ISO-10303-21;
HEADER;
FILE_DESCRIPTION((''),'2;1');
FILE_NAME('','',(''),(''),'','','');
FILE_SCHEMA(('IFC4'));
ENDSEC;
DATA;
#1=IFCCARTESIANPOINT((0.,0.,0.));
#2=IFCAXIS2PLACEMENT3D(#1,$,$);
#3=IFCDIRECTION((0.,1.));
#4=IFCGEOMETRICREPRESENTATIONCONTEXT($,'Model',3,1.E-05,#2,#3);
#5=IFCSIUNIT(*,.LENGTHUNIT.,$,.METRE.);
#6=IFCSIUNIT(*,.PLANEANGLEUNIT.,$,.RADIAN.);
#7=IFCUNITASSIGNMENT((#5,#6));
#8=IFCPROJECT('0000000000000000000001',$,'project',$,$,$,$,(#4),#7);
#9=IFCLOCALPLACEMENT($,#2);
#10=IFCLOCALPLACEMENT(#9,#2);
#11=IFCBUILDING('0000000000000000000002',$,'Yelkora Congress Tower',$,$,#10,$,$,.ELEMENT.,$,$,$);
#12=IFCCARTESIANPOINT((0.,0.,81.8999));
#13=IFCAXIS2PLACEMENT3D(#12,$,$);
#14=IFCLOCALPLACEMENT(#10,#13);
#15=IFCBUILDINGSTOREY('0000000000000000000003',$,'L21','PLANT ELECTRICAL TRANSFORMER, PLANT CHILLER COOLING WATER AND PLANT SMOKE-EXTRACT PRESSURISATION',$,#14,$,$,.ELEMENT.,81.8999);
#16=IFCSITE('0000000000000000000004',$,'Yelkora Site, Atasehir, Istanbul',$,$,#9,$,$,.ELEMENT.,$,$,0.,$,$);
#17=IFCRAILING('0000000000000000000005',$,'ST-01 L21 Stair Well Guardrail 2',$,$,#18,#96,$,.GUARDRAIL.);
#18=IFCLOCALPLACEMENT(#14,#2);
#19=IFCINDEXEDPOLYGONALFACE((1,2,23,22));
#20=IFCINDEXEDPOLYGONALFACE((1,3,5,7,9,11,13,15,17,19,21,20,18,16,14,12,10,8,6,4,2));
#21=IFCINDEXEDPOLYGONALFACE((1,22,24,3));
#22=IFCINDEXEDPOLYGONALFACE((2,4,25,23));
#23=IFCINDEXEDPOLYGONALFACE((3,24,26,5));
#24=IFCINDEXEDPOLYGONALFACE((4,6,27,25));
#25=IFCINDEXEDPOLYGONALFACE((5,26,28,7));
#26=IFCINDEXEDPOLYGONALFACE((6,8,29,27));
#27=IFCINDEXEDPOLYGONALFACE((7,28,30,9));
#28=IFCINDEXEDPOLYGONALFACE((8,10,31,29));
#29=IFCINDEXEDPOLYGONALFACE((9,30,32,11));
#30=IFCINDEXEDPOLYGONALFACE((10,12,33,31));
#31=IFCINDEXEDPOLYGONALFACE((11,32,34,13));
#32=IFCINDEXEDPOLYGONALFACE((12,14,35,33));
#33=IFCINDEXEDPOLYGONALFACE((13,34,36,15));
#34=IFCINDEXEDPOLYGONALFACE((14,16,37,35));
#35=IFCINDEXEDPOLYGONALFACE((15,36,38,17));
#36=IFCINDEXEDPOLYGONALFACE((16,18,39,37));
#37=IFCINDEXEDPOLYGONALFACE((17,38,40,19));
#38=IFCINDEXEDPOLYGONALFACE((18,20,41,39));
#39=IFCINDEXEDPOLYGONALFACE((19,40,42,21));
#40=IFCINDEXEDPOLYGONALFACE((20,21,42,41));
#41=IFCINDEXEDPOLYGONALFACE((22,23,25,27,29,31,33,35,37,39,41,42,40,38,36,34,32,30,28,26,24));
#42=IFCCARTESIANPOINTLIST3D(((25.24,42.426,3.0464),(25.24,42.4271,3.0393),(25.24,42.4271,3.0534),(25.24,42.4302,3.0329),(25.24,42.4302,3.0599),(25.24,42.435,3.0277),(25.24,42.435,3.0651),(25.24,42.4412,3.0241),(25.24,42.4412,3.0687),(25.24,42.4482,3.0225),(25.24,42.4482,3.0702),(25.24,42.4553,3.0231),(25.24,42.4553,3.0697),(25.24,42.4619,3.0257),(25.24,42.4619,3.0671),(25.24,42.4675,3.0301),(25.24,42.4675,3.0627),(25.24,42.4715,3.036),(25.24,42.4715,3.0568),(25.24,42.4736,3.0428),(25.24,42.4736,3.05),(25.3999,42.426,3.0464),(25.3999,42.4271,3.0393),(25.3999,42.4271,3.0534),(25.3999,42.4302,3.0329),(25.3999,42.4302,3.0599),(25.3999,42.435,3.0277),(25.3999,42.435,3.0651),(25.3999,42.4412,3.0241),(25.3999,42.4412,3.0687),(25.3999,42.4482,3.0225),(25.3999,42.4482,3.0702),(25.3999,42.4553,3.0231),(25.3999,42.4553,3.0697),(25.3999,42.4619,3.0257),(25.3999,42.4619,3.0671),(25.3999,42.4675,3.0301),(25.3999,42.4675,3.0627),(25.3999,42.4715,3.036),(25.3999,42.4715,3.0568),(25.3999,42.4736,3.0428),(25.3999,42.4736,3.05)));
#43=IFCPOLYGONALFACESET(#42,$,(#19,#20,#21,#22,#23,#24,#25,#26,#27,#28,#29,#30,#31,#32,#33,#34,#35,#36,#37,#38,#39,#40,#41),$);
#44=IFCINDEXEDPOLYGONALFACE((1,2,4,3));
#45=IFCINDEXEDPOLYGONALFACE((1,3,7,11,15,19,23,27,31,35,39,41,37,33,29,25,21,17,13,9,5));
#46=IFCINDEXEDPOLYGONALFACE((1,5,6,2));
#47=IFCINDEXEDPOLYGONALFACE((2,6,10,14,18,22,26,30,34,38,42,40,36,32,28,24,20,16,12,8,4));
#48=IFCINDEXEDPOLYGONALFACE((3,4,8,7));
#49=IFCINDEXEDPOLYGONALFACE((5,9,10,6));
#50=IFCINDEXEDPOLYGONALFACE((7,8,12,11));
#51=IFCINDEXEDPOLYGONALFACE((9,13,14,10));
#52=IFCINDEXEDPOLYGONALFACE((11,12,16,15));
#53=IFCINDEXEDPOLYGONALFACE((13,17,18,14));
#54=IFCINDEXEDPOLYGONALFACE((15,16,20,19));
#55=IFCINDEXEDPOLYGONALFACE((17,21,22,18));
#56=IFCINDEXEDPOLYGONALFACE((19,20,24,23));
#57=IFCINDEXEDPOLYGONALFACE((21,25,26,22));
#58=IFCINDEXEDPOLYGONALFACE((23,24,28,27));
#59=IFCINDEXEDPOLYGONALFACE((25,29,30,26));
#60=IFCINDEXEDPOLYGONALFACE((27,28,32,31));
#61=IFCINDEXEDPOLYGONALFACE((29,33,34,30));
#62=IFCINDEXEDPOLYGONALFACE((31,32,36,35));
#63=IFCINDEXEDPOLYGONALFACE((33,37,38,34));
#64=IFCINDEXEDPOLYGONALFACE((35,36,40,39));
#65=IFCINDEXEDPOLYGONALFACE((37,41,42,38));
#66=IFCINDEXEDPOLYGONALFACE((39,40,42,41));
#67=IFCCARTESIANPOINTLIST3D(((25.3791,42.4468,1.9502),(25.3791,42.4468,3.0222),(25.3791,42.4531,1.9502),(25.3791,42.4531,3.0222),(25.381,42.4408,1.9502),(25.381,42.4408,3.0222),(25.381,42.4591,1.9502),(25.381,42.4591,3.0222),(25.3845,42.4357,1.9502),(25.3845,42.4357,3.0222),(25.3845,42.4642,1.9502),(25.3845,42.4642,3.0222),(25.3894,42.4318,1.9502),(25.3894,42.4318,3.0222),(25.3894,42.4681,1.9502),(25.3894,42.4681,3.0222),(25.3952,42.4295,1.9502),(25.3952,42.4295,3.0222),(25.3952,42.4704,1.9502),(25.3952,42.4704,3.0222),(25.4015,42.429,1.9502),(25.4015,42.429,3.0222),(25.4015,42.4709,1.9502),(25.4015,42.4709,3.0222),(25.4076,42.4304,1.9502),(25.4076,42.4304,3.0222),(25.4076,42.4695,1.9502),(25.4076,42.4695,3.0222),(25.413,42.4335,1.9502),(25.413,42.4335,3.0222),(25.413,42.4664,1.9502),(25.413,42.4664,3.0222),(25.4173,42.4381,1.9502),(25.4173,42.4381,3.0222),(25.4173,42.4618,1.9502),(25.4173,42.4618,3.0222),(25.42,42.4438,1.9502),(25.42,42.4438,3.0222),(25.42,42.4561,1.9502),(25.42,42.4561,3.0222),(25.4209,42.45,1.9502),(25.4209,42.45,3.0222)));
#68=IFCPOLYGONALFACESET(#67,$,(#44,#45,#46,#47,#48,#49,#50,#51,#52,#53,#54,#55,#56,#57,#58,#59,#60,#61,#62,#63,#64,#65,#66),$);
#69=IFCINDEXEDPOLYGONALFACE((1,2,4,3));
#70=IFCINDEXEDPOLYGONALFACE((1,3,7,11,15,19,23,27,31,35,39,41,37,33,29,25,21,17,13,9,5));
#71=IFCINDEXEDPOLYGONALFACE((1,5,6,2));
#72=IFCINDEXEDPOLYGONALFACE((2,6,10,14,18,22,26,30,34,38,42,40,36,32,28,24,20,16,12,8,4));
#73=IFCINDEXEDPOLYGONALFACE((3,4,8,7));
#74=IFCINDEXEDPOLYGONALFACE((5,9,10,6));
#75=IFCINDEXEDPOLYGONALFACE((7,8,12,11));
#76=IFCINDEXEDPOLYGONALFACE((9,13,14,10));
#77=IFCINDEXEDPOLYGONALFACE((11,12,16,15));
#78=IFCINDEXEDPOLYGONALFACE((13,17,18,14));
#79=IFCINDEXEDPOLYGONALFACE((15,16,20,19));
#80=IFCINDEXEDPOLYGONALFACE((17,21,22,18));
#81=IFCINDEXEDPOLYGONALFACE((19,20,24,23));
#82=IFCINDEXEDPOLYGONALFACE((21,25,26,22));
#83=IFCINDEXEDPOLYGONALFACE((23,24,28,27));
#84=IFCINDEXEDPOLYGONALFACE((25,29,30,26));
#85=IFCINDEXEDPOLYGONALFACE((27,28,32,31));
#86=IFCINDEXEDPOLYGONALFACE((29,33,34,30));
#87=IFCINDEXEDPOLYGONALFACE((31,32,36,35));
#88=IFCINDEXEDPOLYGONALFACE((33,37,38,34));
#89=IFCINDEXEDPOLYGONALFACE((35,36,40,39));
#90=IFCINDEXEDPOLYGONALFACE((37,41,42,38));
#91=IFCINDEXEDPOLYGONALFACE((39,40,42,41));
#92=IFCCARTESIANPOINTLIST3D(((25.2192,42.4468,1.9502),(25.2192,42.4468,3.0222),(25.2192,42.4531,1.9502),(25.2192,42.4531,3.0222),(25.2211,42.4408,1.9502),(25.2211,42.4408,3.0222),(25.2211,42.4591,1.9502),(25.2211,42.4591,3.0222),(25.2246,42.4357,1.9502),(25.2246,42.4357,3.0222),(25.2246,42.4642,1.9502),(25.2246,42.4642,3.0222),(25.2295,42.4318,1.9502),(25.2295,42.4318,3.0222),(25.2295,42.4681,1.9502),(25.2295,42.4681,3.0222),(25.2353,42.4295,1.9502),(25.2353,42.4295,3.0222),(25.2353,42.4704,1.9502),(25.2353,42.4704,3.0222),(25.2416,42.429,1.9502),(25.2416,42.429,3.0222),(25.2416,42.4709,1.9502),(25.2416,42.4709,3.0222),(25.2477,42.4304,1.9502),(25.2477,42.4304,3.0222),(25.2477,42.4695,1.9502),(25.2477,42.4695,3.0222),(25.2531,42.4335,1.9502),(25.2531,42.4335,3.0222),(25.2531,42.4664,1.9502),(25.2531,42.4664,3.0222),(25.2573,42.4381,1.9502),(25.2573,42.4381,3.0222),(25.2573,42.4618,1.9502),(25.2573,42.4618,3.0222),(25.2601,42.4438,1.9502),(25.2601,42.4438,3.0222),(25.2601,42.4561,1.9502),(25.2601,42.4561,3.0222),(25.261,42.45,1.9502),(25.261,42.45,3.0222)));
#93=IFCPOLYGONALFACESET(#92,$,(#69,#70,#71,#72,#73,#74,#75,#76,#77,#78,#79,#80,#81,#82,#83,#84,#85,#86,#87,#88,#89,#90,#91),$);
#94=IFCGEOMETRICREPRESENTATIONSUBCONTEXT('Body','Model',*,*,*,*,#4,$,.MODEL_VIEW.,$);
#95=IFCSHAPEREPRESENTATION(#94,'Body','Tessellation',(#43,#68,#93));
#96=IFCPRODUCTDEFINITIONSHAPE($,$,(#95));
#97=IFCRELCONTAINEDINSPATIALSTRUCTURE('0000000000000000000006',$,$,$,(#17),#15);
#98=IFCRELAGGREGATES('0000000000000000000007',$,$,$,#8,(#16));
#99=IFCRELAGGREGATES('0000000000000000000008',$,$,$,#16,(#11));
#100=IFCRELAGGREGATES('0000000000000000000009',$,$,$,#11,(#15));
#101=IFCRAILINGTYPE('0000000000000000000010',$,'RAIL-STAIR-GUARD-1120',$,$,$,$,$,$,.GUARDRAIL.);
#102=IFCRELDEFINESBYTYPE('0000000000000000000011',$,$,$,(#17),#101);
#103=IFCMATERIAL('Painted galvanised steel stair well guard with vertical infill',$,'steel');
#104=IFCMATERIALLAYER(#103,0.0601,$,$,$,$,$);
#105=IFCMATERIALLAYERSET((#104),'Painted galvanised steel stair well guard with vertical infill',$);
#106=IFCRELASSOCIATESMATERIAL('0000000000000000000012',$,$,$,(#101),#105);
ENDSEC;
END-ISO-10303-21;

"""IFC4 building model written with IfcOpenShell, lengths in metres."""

from ifc_helpers import new_model, si_unit, direction, frame, origin, origin_2d, place, context, subcontext, project, spatial, circle, extrude, material, layer, layer_set, type_object, element, save


model = new_model("IFC4")

# Units and contexts
model_context = context("Model", 3, precision=1e-05, world=origin(), true_north=direction((0.0, 1.0)))
body_context = subcontext(model_context, "Body", "Model", "MODEL_VIEW")
ifc_project = project(units=[si_unit("LENGTHUNIT", "METRE"), si_unit("PLANEANGLEUNIT", "RADIAN")], contexts=[model_context])

# Site, building, storey
site_placement = place(None, origin())
site = spatial("IfcSite", under=ifc_project, at=site_placement, Name="Yelkora Site, Atasehir, Istanbul", CompositionType="ELEMENT", RefElevation=0.0)
building_placement = place(site_placement, origin())
building = spatial("IfcBuilding", under=site, at=building_placement, Name="Yelkora Congress Tower", CompositionType="ELEMENT")
storey_placement = place(building_placement, frame((0.0, 0.0, 81.8999)))
storey = spatial("IfcBuildingStorey", under=building, at=storey_placement, Name="L21", Description="PLANT ELECTRICAL TRANSFORMER, PLANT CHILLER COOLING WATER AND PLANT SMOKE-EXTRACT PRESSURISATION", CompositionType="ELEMENT", Elevation=81.8999)

# Railing
ifc_material_1 = material(Name="Painted galvanised steel stair well guard with vertical infill", Category="steel")
ifc_layer_1 = layer(ifc_material_1, 0.0601)
ifc_layer_set_1 = layer_set([ifc_layer_1], Name="Painted galvanised steel stair well guard with vertical infill")
railing_type_1 = type_object("IfcRailingType", Name="RAIL-STAIR-GUARD-1120", PredefinedType="GUARDRAIL", material=ifc_layer_set_1)
railing_1_placement = place(storey_placement, frame((25.3999, 42.45, 1.9502)))
element("IfcRailing", 1, at=railing_1_placement, inside=storey, type_object=railing_type_1, Name="ST-01 L21 Stair Well Guardrail 2", PredefinedType="GUARDRAIL", context=body_context, shape_type="SweptSolid", body=[
    extrude(circle(Radius=0.0239, at=origin_2d()), frame((0.0, 0.0, 1.0962), z_axis=(-1.0, 0.0, 0.0), x_axis=(0.0, -1.0, 0.0)), (0.0, 0.0, 1.0), 0.1599),
    extrude(circle(Radius=0.021, at=origin_2d()), origin(), (0.0, 0.0, 1.0), 1.072),
    extrude(circle(Radius=0.021, at=origin_2d()), frame((-0.1599, 0.0, 0.0)), (0.0, 0.0, 1.0), 1.072),
])

save(model, "model.ifc")
